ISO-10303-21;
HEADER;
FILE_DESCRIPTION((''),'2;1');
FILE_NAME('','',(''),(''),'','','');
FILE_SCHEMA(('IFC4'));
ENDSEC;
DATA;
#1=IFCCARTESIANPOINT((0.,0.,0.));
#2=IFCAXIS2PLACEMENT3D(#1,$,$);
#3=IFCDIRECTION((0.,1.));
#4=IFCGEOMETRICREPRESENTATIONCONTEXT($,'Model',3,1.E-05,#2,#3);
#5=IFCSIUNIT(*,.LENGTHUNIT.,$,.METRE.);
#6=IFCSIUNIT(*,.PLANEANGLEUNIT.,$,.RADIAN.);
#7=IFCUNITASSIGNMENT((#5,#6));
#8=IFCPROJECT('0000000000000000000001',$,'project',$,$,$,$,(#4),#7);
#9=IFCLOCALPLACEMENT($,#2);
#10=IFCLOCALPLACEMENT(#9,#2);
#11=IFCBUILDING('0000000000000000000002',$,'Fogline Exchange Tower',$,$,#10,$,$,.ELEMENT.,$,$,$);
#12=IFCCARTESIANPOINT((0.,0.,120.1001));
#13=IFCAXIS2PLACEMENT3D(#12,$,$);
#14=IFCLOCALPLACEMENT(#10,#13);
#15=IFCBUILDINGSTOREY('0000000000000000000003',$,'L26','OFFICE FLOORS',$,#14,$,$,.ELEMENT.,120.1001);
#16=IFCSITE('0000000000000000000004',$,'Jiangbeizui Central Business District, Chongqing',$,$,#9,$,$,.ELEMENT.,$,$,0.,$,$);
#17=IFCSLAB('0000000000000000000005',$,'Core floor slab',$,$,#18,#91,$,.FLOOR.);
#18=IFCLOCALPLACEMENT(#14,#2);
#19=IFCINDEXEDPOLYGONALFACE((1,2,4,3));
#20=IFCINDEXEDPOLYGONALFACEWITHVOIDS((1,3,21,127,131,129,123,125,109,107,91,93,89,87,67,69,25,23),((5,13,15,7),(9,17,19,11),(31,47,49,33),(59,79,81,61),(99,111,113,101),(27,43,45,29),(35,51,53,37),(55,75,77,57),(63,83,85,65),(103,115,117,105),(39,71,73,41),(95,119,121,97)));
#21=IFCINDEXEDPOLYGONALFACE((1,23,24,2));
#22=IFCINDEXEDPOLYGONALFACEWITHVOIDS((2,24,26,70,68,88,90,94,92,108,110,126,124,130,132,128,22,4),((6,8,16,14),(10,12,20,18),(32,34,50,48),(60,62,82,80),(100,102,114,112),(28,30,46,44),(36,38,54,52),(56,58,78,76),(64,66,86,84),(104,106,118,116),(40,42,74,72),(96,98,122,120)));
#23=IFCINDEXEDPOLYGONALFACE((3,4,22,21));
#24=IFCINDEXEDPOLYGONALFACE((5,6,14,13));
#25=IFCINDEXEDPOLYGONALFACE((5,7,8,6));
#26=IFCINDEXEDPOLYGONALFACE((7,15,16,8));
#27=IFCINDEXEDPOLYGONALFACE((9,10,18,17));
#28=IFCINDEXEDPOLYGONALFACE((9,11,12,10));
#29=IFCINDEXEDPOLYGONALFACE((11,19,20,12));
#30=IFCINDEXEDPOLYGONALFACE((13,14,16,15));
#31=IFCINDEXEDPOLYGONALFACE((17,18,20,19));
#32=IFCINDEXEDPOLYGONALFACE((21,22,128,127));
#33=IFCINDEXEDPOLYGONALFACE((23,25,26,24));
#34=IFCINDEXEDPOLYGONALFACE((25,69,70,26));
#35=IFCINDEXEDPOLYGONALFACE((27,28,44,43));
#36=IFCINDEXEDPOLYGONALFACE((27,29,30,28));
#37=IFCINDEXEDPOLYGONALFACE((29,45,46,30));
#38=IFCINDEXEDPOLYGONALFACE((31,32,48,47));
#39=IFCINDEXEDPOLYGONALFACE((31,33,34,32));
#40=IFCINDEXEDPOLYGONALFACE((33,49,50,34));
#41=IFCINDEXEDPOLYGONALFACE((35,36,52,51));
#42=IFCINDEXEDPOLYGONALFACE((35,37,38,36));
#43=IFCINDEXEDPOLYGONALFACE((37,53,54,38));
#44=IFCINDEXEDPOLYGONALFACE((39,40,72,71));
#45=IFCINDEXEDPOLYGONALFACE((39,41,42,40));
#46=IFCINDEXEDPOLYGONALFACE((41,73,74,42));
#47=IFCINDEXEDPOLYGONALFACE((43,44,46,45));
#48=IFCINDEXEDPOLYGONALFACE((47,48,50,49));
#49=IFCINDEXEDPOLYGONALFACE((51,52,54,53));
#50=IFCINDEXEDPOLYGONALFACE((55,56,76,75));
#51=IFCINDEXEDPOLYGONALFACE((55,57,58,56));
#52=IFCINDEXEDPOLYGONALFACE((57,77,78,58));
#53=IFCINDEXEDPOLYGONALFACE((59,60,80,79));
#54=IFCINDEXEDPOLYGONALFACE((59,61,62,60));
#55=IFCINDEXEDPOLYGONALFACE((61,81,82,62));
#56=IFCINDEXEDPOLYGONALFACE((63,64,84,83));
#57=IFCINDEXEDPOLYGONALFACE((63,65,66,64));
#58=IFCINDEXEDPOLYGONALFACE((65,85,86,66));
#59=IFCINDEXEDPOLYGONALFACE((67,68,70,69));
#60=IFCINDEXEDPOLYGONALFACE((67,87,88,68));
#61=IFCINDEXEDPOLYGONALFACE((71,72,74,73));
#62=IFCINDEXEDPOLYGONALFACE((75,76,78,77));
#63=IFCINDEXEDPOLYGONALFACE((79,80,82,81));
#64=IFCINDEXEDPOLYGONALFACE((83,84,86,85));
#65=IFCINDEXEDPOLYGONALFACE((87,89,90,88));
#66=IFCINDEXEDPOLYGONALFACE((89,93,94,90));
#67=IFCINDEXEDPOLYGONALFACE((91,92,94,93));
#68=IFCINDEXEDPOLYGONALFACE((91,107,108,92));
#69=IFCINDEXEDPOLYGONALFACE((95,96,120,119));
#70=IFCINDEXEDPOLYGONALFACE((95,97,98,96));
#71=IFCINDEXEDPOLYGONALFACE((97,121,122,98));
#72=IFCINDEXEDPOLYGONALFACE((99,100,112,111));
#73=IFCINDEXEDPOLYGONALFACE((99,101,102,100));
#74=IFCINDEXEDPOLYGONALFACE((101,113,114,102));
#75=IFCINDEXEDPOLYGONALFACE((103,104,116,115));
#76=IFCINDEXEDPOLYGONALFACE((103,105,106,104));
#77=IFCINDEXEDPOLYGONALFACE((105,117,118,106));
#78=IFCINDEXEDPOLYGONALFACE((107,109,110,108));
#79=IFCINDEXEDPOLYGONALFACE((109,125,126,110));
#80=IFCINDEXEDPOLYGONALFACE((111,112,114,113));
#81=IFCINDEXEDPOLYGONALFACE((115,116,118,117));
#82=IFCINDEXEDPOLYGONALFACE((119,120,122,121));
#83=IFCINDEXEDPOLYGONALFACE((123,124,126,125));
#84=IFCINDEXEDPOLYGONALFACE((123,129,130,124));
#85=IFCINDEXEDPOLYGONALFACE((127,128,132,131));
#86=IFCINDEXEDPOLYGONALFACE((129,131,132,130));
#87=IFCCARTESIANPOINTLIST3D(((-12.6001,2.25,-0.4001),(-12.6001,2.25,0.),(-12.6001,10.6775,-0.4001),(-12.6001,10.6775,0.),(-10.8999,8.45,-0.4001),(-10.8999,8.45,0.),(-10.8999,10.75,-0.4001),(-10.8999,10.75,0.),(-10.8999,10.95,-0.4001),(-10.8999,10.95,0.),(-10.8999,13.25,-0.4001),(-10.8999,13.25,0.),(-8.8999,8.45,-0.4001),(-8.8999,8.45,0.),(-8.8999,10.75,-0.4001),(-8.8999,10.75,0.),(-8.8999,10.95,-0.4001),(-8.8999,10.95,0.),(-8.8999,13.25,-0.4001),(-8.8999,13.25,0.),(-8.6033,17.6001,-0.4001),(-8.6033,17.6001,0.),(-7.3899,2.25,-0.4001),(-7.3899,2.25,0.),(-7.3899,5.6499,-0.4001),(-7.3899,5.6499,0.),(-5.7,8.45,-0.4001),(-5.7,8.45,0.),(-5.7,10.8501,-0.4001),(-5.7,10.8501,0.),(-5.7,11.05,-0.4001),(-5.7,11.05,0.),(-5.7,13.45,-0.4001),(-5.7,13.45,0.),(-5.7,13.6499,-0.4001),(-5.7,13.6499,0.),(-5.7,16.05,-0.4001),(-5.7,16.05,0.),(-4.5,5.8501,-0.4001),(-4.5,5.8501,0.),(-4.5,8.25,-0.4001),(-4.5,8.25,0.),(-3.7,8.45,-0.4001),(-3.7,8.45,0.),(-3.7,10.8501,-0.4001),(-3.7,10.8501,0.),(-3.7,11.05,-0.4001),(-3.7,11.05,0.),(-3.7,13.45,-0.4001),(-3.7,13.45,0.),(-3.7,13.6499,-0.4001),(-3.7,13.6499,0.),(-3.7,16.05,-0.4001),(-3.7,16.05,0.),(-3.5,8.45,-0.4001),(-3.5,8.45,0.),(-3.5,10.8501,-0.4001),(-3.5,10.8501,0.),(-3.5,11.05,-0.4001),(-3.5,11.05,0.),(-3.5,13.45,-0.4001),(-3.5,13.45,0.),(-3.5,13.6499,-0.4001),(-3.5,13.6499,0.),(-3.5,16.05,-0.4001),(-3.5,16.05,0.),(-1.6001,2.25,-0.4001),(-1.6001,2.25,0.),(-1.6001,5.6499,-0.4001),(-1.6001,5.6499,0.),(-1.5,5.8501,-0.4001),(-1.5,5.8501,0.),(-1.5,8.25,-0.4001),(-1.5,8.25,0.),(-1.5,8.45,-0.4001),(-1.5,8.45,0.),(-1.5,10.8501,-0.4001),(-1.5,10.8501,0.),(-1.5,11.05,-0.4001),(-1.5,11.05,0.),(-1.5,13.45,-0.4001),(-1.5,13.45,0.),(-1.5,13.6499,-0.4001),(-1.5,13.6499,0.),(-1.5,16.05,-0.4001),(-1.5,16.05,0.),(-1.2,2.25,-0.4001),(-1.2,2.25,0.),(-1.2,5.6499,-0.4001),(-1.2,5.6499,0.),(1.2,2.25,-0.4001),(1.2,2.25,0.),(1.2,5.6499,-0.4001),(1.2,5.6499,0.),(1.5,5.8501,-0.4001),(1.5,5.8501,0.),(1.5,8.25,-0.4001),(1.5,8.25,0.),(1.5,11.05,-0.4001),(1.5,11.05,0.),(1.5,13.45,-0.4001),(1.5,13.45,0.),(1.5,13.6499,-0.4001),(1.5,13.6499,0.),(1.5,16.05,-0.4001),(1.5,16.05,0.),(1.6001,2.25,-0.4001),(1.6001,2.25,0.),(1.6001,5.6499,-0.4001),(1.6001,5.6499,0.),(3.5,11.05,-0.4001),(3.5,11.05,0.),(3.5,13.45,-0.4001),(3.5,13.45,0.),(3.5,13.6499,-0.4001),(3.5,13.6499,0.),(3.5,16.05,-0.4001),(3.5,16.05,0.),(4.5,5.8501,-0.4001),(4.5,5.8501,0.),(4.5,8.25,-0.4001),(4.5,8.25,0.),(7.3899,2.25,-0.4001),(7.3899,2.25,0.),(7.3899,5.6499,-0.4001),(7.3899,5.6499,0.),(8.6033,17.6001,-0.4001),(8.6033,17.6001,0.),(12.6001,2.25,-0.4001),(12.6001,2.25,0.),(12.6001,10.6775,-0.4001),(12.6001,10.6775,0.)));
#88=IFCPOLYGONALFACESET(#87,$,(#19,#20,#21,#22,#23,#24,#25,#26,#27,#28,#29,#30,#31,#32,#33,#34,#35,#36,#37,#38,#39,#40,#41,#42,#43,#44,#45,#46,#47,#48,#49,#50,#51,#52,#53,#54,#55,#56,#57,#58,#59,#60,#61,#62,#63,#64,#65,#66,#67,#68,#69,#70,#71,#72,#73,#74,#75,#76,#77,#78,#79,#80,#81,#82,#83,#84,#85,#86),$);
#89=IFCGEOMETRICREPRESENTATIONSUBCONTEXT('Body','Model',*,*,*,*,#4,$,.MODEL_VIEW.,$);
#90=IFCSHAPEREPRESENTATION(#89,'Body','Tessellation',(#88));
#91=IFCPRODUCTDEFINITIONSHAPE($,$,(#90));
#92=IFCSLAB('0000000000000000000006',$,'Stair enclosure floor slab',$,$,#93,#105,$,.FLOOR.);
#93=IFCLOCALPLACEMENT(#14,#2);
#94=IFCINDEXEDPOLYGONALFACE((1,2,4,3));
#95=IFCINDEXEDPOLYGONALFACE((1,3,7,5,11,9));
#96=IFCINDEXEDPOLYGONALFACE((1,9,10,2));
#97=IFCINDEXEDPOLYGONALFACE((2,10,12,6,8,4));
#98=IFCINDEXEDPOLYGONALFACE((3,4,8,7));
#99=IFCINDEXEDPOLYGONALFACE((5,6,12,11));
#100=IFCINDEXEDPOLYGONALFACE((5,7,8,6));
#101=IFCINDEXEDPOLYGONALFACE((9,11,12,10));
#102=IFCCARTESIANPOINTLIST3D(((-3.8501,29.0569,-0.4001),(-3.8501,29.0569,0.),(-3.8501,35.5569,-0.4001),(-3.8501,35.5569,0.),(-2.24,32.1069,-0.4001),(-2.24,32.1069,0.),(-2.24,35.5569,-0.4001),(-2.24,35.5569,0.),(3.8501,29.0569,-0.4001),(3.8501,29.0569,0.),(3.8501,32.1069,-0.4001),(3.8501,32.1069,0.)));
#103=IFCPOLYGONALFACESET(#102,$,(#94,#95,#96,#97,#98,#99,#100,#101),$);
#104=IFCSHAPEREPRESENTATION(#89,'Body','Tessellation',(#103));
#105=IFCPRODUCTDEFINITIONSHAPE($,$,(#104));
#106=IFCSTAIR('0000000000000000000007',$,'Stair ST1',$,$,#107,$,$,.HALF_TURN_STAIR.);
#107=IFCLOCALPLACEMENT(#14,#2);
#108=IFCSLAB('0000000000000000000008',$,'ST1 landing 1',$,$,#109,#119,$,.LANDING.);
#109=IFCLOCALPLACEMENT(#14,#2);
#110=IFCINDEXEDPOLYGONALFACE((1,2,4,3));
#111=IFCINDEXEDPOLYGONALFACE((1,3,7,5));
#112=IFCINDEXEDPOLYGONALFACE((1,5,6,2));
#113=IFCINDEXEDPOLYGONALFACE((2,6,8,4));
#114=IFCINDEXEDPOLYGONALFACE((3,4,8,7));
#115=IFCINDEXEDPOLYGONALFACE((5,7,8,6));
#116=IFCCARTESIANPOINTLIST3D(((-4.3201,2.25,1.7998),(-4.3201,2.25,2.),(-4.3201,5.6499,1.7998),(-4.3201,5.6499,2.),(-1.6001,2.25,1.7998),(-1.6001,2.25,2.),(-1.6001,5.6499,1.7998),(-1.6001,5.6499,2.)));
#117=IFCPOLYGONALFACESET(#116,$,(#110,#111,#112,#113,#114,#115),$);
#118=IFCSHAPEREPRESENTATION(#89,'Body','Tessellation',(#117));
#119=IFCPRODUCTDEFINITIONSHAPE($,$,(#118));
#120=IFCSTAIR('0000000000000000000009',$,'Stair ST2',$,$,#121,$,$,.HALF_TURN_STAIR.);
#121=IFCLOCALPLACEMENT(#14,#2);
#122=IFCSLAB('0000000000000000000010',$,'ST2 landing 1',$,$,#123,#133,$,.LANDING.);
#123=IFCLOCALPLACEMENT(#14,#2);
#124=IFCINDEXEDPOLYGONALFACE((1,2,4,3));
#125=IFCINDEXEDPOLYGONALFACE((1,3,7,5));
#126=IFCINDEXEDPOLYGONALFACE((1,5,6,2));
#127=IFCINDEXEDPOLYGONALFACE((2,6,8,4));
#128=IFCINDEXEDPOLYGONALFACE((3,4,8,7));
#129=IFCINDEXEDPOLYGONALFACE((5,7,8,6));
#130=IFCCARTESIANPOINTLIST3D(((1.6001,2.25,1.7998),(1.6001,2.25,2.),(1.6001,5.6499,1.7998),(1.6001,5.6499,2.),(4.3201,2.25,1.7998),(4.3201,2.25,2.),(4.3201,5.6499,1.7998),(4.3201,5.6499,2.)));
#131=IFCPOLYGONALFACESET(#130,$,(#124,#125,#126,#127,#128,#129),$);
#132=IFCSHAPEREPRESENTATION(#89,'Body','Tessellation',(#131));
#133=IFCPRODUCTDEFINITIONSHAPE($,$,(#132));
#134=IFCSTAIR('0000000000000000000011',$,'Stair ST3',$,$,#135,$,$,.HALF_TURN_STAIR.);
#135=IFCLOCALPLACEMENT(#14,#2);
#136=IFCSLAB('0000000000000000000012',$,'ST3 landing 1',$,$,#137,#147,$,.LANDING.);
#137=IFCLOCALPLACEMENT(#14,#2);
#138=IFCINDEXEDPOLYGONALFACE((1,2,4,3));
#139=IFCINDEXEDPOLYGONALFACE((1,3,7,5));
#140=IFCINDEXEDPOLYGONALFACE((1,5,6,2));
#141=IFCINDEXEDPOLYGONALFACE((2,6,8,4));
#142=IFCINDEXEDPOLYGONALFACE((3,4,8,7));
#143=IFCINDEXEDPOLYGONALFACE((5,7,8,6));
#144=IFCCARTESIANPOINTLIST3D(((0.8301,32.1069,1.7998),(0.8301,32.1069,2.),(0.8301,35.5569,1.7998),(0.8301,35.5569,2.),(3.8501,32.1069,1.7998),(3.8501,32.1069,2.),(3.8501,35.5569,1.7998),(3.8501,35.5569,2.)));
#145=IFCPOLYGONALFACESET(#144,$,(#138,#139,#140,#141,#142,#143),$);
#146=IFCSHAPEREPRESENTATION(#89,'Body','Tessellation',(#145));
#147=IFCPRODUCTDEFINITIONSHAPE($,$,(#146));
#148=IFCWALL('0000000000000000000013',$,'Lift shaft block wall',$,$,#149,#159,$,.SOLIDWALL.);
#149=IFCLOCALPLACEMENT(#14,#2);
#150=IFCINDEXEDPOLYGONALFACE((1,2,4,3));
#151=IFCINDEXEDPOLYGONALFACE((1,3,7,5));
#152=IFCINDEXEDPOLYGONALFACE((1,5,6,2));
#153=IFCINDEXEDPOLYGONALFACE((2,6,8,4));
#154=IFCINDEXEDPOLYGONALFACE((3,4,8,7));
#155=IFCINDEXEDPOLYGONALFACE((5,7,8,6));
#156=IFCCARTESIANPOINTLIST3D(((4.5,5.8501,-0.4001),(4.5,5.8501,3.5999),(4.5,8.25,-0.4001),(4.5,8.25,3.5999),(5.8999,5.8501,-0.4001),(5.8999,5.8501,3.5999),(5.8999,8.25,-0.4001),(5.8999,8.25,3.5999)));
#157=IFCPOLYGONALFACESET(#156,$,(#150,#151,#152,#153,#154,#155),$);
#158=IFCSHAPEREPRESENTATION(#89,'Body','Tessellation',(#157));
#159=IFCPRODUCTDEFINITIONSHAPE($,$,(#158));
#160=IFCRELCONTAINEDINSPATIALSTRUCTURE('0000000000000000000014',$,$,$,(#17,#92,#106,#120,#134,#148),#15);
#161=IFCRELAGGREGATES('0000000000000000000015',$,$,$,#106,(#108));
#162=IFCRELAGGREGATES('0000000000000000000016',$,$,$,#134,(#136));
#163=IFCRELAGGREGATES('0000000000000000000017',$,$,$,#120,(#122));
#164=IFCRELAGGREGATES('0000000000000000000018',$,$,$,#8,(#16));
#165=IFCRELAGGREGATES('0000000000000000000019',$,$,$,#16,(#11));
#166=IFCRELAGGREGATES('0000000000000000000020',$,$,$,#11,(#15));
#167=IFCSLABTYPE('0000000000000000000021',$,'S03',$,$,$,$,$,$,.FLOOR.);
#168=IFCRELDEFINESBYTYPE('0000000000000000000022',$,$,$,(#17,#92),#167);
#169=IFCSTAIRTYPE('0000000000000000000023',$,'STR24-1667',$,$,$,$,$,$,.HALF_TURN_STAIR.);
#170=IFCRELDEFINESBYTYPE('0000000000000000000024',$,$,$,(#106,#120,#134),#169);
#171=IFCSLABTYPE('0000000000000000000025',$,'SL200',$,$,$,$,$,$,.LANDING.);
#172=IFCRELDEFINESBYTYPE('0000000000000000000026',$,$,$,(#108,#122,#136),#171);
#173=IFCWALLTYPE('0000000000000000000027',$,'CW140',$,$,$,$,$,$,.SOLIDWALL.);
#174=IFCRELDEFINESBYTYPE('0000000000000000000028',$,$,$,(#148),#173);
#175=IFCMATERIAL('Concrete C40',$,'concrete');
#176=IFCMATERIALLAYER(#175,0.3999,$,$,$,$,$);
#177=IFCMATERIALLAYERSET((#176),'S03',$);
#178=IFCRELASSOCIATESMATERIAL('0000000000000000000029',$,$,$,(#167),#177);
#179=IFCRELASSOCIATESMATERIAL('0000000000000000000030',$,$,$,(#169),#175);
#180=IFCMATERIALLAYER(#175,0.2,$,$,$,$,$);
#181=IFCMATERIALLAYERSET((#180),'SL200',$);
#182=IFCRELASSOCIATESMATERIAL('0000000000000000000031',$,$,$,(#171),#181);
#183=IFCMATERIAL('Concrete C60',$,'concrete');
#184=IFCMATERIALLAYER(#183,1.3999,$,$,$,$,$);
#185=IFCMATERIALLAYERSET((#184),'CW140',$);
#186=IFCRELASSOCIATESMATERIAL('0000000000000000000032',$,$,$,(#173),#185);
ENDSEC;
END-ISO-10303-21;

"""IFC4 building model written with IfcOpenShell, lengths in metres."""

from ifc_helpers import new_model, si_unit, direction, frame, frame_2d, origin, place, context, subcontext, project, spatial, polyline, rectangle, outline, extrude, material, layer, layer_set, type_object, element, aggregate, save


model = new_model("IFC4")

# Units and contexts
model_context = context("Model", 3, precision=1e-05, world=origin(), true_north=direction((0.0, 1.0)))
body_context = subcontext(model_context, "Body", "Model", "MODEL_VIEW")
ifc_project = project(units=[si_unit("LENGTHUNIT", "METRE"), si_unit("PLANEANGLEUNIT", "RADIAN")], contexts=[model_context])

# Site, building, storey
site_placement = place(None, origin())
site = spatial("IfcSite", under=ifc_project, at=site_placement, Name="Jiangbeizui Central Business District, Chongqing", CompositionType="ELEMENT", RefElevation=0.0)
building_placement = place(site_placement, origin())
building = spatial("IfcBuilding", under=site, at=building_placement, Name="Fogline Exchange Tower", CompositionType="ELEMENT")
storey_placement = place(building_placement, frame((0.0, 0.0, 120.1001)))
storey = spatial("IfcBuildingStorey", under=building, at=storey_placement, Name="L26", Description="OFFICE FLOORS", CompositionType="ELEMENT", Elevation=120.1001)

# Slabs
ifc_material_1 = material(Name="Concrete C40", Category="concrete")
ifc_layer_1 = layer(ifc_material_1, 0.3999)
ifc_layer_set_1 = layer_set([ifc_layer_1], Name="S03")
slab_type_1 = type_object("IfcSlabType", Name="S03", PredefinedType="FLOOR", material=ifc_layer_set_1)
slab_1_placement = place(storey_placement, frame((0.0, 0.0, -0.4001)))
element("IfcSlab", 1, at=slab_1_placement, inside=storey, type_object=slab_type_1, Name="Core floor slab", PredefinedType="FLOOR", context=body_context, shape_type="SweptSolid", body=[
    extrude(outline(polyline([(-12.6001, 2.25), (-12.6001, 10.6775), (-8.6033, 17.6001), (8.6033, 17.6001), (12.6001, 10.6775), (12.6001, 2.25), (7.3899, 2.25), (7.3899, 5.6499), (1.6001, 5.6499), (1.6001, 2.25), (1.2, 2.25), (1.2, 5.6499), (-1.2, 5.6499), (-1.2, 2.25), (-1.6001, 2.25), (-1.6001, 5.6499), (-7.3899, 5.6499), (-7.3899, 2.25), (-12.6001, 2.25)]), holes=[polyline([(-1.5, 8.25), (-4.5, 8.25), (-4.5, 5.8501), (-1.5, 5.8501), (-1.5, 8.25)]), polyline([(-8.8999, 10.75), (-10.8999, 10.75), (-10.8999, 8.45), (-8.8999, 8.45), (-8.8999, 10.75)]), polyline([(-3.7, 10.8501), (-5.7, 10.8501), (-5.7, 8.45), (-3.7, 8.45), (-3.7, 10.8501)]), polyline([(-1.5, 10.8501), (-3.5, 10.8501), (-3.5, 8.45), (-1.5, 8.45), (-1.5, 10.8501)]), polyline([(-8.8999, 13.25), (-10.8999, 13.25), (-10.8999, 10.95), (-8.8999, 10.95), (-8.8999, 13.25)]), polyline([(-3.7, 13.45), (-5.7, 13.45), (-5.7, 11.05), (-3.7, 11.05), (-3.7, 13.45)]), polyline([(-3.7, 16.05), (-5.7, 16.05), (-5.7, 13.6499), (-3.7, 13.6499), (-3.7, 16.05)]), polyline([(4.5, 8.25), (1.5, 8.25), (1.5, 5.8501), (4.5, 5.8501), (4.5, 8.25)]), polyline([(-1.5, 13.45), (-3.5, 13.45), (-3.5, 11.05), (-1.5, 11.05), (-1.5, 13.45)]), polyline([(3.5, 13.45), (1.5, 13.45), (1.5, 11.05), (3.5, 11.05), (3.5, 13.45)]), polyline([(-1.5, 16.05), (-3.5, 16.05), (-3.5, 13.6499), (-1.5, 13.6499), (-1.5, 16.05)]), polyline([(3.5, 16.05), (1.5, 16.05), (1.5, 13.6499), (3.5, 13.6499), (3.5, 16.05)])]), origin(), (0.0, 0.0, 1.0), 0.4001),
])
slab_2_placement = place(storey_placement, frame((0.0, 0.0, -0.4001)))
element("IfcSlab", 2, at=slab_2_placement, inside=storey, type_object=slab_type_1, Name="Stair enclosure floor slab", PredefinedType="FLOOR", context=body_context, shape_type="SweptSolid", body=[
    extrude(outline(polyline([(3.8501, 29.0569), (-3.8501, 29.0569), (-3.8501, 35.5569), (-2.24, 35.5569), (-2.24, 32.1069), (3.8501, 32.1069), (3.8501, 29.0569)])), origin(), (0.0, 0.0, 1.0), 0.4001),
])

# Stairs, slabs
stair_type = type_object("IfcStairType", Name="STR24-1667", PredefinedType="HALF_TURN_STAIR", material=ifc_material_1)
stair_1_placement = place(storey_placement, origin())
stair_1 = element("IfcStair", 3, at=stair_1_placement, inside=storey, type_object=stair_type, Name="Stair ST1", PredefinedType="HALF_TURN_STAIR")
ifc_layer_2 = layer(ifc_material_1, 0.2)
ifc_layer_set_2 = layer_set([ifc_layer_2], Name="SL200")
slab_type_2 = type_object("IfcSlabType", Name="SL200", PredefinedType="LANDING", material=ifc_layer_set_2)
slab_3_placement = place(storey_placement, frame((0.0, 0.0, 1.7998)))
slab_3 = element("IfcSlab", 4, at=slab_3_placement, type_object=slab_type_2, Name="ST1 landing 1", PredefinedType="LANDING", context=body_context, shape_type="SweptSolid", body=[
    extrude(outline(polyline([(-4.3201, 2.25), (-1.6001, 2.25), (-1.6001, 5.6499), (-4.3201, 5.6499), (-4.3201, 2.25)])), origin(), (0.0, 0.0, 1.0), 0.2002),
])
aggregate(stair_1, [slab_3])
stair_2_placement = place(storey_placement, origin())
stair_2 = element("IfcStair", 5, at=stair_2_placement, inside=storey, type_object=stair_type, Name="Stair ST2", PredefinedType="HALF_TURN_STAIR")
slab_4_placement = place(storey_placement, frame((0.0, 0.0, 1.7998)))
slab_4 = element("IfcSlab", 6, at=slab_4_placement, type_object=slab_type_2, Name="ST2 landing 1", PredefinedType="LANDING", context=body_context, shape_type="SweptSolid", body=[
    extrude(outline(polyline([(1.6001, 2.25), (4.3201, 2.25), (4.3201, 5.6499), (1.6001, 5.6499), (1.6001, 2.25)])), origin(), (0.0, 0.0, 1.0), 0.2002),
])
stair_3_placement = place(storey_placement, origin())
stair_3 = element("IfcStair", 7, at=stair_3_placement, inside=storey, type_object=stair_type, Name="Stair ST3", PredefinedType="HALF_TURN_STAIR")
slab_5_placement = place(storey_placement, frame((0.0, 0.0, 1.7998)))
slab_5 = element("IfcSlab", 8, at=slab_5_placement, type_object=slab_type_2, Name="ST3 landing 1", PredefinedType="LANDING", context=body_context, shape_type="SweptSolid", body=[
    extrude(outline(polyline([(0.8301, 32.1069), (3.8501, 32.1069), (3.8501, 35.5569), (0.8301, 35.5569), (0.8301, 32.1069)])), origin(), (0.0, 0.0, 1.0), 0.2002),
])
aggregate(stair_3, [slab_5])

# Wall
ifc_material_2 = material(Name="Concrete C60", Category="concrete")
ifc_layer_3 = layer(ifc_material_2, 1.3999)
ifc_layer_set_3 = layer_set([ifc_layer_3], Name="CW140")
wall_type_1 = type_object("IfcWallType", Name="CW140", PredefinedType="SOLIDWALL", material=ifc_layer_set_3)
wall_1_placement = place(storey_placement, frame((5.2, 5.8501, -0.4001), z_axis=(0.0, 0.0, 1.0), x_axis=(0.0, 1.0, 0.0)))
element("IfcWall", 9, at=wall_1_placement, inside=storey, type_object=wall_type_1, Name="Lift shaft block wall", PredefinedType="SOLIDWALL", context=body_context, shape_type="SweptSolid", body=[
    extrude(rectangle(XDim=2.3999, YDim=1.3999, at=frame_2d((1.2, 0.0))), origin(), (0.0, 0.0, 1.0), 4.0),
])

aggregate(stair_2, [slab_4])

save(model, "model.ifc")
